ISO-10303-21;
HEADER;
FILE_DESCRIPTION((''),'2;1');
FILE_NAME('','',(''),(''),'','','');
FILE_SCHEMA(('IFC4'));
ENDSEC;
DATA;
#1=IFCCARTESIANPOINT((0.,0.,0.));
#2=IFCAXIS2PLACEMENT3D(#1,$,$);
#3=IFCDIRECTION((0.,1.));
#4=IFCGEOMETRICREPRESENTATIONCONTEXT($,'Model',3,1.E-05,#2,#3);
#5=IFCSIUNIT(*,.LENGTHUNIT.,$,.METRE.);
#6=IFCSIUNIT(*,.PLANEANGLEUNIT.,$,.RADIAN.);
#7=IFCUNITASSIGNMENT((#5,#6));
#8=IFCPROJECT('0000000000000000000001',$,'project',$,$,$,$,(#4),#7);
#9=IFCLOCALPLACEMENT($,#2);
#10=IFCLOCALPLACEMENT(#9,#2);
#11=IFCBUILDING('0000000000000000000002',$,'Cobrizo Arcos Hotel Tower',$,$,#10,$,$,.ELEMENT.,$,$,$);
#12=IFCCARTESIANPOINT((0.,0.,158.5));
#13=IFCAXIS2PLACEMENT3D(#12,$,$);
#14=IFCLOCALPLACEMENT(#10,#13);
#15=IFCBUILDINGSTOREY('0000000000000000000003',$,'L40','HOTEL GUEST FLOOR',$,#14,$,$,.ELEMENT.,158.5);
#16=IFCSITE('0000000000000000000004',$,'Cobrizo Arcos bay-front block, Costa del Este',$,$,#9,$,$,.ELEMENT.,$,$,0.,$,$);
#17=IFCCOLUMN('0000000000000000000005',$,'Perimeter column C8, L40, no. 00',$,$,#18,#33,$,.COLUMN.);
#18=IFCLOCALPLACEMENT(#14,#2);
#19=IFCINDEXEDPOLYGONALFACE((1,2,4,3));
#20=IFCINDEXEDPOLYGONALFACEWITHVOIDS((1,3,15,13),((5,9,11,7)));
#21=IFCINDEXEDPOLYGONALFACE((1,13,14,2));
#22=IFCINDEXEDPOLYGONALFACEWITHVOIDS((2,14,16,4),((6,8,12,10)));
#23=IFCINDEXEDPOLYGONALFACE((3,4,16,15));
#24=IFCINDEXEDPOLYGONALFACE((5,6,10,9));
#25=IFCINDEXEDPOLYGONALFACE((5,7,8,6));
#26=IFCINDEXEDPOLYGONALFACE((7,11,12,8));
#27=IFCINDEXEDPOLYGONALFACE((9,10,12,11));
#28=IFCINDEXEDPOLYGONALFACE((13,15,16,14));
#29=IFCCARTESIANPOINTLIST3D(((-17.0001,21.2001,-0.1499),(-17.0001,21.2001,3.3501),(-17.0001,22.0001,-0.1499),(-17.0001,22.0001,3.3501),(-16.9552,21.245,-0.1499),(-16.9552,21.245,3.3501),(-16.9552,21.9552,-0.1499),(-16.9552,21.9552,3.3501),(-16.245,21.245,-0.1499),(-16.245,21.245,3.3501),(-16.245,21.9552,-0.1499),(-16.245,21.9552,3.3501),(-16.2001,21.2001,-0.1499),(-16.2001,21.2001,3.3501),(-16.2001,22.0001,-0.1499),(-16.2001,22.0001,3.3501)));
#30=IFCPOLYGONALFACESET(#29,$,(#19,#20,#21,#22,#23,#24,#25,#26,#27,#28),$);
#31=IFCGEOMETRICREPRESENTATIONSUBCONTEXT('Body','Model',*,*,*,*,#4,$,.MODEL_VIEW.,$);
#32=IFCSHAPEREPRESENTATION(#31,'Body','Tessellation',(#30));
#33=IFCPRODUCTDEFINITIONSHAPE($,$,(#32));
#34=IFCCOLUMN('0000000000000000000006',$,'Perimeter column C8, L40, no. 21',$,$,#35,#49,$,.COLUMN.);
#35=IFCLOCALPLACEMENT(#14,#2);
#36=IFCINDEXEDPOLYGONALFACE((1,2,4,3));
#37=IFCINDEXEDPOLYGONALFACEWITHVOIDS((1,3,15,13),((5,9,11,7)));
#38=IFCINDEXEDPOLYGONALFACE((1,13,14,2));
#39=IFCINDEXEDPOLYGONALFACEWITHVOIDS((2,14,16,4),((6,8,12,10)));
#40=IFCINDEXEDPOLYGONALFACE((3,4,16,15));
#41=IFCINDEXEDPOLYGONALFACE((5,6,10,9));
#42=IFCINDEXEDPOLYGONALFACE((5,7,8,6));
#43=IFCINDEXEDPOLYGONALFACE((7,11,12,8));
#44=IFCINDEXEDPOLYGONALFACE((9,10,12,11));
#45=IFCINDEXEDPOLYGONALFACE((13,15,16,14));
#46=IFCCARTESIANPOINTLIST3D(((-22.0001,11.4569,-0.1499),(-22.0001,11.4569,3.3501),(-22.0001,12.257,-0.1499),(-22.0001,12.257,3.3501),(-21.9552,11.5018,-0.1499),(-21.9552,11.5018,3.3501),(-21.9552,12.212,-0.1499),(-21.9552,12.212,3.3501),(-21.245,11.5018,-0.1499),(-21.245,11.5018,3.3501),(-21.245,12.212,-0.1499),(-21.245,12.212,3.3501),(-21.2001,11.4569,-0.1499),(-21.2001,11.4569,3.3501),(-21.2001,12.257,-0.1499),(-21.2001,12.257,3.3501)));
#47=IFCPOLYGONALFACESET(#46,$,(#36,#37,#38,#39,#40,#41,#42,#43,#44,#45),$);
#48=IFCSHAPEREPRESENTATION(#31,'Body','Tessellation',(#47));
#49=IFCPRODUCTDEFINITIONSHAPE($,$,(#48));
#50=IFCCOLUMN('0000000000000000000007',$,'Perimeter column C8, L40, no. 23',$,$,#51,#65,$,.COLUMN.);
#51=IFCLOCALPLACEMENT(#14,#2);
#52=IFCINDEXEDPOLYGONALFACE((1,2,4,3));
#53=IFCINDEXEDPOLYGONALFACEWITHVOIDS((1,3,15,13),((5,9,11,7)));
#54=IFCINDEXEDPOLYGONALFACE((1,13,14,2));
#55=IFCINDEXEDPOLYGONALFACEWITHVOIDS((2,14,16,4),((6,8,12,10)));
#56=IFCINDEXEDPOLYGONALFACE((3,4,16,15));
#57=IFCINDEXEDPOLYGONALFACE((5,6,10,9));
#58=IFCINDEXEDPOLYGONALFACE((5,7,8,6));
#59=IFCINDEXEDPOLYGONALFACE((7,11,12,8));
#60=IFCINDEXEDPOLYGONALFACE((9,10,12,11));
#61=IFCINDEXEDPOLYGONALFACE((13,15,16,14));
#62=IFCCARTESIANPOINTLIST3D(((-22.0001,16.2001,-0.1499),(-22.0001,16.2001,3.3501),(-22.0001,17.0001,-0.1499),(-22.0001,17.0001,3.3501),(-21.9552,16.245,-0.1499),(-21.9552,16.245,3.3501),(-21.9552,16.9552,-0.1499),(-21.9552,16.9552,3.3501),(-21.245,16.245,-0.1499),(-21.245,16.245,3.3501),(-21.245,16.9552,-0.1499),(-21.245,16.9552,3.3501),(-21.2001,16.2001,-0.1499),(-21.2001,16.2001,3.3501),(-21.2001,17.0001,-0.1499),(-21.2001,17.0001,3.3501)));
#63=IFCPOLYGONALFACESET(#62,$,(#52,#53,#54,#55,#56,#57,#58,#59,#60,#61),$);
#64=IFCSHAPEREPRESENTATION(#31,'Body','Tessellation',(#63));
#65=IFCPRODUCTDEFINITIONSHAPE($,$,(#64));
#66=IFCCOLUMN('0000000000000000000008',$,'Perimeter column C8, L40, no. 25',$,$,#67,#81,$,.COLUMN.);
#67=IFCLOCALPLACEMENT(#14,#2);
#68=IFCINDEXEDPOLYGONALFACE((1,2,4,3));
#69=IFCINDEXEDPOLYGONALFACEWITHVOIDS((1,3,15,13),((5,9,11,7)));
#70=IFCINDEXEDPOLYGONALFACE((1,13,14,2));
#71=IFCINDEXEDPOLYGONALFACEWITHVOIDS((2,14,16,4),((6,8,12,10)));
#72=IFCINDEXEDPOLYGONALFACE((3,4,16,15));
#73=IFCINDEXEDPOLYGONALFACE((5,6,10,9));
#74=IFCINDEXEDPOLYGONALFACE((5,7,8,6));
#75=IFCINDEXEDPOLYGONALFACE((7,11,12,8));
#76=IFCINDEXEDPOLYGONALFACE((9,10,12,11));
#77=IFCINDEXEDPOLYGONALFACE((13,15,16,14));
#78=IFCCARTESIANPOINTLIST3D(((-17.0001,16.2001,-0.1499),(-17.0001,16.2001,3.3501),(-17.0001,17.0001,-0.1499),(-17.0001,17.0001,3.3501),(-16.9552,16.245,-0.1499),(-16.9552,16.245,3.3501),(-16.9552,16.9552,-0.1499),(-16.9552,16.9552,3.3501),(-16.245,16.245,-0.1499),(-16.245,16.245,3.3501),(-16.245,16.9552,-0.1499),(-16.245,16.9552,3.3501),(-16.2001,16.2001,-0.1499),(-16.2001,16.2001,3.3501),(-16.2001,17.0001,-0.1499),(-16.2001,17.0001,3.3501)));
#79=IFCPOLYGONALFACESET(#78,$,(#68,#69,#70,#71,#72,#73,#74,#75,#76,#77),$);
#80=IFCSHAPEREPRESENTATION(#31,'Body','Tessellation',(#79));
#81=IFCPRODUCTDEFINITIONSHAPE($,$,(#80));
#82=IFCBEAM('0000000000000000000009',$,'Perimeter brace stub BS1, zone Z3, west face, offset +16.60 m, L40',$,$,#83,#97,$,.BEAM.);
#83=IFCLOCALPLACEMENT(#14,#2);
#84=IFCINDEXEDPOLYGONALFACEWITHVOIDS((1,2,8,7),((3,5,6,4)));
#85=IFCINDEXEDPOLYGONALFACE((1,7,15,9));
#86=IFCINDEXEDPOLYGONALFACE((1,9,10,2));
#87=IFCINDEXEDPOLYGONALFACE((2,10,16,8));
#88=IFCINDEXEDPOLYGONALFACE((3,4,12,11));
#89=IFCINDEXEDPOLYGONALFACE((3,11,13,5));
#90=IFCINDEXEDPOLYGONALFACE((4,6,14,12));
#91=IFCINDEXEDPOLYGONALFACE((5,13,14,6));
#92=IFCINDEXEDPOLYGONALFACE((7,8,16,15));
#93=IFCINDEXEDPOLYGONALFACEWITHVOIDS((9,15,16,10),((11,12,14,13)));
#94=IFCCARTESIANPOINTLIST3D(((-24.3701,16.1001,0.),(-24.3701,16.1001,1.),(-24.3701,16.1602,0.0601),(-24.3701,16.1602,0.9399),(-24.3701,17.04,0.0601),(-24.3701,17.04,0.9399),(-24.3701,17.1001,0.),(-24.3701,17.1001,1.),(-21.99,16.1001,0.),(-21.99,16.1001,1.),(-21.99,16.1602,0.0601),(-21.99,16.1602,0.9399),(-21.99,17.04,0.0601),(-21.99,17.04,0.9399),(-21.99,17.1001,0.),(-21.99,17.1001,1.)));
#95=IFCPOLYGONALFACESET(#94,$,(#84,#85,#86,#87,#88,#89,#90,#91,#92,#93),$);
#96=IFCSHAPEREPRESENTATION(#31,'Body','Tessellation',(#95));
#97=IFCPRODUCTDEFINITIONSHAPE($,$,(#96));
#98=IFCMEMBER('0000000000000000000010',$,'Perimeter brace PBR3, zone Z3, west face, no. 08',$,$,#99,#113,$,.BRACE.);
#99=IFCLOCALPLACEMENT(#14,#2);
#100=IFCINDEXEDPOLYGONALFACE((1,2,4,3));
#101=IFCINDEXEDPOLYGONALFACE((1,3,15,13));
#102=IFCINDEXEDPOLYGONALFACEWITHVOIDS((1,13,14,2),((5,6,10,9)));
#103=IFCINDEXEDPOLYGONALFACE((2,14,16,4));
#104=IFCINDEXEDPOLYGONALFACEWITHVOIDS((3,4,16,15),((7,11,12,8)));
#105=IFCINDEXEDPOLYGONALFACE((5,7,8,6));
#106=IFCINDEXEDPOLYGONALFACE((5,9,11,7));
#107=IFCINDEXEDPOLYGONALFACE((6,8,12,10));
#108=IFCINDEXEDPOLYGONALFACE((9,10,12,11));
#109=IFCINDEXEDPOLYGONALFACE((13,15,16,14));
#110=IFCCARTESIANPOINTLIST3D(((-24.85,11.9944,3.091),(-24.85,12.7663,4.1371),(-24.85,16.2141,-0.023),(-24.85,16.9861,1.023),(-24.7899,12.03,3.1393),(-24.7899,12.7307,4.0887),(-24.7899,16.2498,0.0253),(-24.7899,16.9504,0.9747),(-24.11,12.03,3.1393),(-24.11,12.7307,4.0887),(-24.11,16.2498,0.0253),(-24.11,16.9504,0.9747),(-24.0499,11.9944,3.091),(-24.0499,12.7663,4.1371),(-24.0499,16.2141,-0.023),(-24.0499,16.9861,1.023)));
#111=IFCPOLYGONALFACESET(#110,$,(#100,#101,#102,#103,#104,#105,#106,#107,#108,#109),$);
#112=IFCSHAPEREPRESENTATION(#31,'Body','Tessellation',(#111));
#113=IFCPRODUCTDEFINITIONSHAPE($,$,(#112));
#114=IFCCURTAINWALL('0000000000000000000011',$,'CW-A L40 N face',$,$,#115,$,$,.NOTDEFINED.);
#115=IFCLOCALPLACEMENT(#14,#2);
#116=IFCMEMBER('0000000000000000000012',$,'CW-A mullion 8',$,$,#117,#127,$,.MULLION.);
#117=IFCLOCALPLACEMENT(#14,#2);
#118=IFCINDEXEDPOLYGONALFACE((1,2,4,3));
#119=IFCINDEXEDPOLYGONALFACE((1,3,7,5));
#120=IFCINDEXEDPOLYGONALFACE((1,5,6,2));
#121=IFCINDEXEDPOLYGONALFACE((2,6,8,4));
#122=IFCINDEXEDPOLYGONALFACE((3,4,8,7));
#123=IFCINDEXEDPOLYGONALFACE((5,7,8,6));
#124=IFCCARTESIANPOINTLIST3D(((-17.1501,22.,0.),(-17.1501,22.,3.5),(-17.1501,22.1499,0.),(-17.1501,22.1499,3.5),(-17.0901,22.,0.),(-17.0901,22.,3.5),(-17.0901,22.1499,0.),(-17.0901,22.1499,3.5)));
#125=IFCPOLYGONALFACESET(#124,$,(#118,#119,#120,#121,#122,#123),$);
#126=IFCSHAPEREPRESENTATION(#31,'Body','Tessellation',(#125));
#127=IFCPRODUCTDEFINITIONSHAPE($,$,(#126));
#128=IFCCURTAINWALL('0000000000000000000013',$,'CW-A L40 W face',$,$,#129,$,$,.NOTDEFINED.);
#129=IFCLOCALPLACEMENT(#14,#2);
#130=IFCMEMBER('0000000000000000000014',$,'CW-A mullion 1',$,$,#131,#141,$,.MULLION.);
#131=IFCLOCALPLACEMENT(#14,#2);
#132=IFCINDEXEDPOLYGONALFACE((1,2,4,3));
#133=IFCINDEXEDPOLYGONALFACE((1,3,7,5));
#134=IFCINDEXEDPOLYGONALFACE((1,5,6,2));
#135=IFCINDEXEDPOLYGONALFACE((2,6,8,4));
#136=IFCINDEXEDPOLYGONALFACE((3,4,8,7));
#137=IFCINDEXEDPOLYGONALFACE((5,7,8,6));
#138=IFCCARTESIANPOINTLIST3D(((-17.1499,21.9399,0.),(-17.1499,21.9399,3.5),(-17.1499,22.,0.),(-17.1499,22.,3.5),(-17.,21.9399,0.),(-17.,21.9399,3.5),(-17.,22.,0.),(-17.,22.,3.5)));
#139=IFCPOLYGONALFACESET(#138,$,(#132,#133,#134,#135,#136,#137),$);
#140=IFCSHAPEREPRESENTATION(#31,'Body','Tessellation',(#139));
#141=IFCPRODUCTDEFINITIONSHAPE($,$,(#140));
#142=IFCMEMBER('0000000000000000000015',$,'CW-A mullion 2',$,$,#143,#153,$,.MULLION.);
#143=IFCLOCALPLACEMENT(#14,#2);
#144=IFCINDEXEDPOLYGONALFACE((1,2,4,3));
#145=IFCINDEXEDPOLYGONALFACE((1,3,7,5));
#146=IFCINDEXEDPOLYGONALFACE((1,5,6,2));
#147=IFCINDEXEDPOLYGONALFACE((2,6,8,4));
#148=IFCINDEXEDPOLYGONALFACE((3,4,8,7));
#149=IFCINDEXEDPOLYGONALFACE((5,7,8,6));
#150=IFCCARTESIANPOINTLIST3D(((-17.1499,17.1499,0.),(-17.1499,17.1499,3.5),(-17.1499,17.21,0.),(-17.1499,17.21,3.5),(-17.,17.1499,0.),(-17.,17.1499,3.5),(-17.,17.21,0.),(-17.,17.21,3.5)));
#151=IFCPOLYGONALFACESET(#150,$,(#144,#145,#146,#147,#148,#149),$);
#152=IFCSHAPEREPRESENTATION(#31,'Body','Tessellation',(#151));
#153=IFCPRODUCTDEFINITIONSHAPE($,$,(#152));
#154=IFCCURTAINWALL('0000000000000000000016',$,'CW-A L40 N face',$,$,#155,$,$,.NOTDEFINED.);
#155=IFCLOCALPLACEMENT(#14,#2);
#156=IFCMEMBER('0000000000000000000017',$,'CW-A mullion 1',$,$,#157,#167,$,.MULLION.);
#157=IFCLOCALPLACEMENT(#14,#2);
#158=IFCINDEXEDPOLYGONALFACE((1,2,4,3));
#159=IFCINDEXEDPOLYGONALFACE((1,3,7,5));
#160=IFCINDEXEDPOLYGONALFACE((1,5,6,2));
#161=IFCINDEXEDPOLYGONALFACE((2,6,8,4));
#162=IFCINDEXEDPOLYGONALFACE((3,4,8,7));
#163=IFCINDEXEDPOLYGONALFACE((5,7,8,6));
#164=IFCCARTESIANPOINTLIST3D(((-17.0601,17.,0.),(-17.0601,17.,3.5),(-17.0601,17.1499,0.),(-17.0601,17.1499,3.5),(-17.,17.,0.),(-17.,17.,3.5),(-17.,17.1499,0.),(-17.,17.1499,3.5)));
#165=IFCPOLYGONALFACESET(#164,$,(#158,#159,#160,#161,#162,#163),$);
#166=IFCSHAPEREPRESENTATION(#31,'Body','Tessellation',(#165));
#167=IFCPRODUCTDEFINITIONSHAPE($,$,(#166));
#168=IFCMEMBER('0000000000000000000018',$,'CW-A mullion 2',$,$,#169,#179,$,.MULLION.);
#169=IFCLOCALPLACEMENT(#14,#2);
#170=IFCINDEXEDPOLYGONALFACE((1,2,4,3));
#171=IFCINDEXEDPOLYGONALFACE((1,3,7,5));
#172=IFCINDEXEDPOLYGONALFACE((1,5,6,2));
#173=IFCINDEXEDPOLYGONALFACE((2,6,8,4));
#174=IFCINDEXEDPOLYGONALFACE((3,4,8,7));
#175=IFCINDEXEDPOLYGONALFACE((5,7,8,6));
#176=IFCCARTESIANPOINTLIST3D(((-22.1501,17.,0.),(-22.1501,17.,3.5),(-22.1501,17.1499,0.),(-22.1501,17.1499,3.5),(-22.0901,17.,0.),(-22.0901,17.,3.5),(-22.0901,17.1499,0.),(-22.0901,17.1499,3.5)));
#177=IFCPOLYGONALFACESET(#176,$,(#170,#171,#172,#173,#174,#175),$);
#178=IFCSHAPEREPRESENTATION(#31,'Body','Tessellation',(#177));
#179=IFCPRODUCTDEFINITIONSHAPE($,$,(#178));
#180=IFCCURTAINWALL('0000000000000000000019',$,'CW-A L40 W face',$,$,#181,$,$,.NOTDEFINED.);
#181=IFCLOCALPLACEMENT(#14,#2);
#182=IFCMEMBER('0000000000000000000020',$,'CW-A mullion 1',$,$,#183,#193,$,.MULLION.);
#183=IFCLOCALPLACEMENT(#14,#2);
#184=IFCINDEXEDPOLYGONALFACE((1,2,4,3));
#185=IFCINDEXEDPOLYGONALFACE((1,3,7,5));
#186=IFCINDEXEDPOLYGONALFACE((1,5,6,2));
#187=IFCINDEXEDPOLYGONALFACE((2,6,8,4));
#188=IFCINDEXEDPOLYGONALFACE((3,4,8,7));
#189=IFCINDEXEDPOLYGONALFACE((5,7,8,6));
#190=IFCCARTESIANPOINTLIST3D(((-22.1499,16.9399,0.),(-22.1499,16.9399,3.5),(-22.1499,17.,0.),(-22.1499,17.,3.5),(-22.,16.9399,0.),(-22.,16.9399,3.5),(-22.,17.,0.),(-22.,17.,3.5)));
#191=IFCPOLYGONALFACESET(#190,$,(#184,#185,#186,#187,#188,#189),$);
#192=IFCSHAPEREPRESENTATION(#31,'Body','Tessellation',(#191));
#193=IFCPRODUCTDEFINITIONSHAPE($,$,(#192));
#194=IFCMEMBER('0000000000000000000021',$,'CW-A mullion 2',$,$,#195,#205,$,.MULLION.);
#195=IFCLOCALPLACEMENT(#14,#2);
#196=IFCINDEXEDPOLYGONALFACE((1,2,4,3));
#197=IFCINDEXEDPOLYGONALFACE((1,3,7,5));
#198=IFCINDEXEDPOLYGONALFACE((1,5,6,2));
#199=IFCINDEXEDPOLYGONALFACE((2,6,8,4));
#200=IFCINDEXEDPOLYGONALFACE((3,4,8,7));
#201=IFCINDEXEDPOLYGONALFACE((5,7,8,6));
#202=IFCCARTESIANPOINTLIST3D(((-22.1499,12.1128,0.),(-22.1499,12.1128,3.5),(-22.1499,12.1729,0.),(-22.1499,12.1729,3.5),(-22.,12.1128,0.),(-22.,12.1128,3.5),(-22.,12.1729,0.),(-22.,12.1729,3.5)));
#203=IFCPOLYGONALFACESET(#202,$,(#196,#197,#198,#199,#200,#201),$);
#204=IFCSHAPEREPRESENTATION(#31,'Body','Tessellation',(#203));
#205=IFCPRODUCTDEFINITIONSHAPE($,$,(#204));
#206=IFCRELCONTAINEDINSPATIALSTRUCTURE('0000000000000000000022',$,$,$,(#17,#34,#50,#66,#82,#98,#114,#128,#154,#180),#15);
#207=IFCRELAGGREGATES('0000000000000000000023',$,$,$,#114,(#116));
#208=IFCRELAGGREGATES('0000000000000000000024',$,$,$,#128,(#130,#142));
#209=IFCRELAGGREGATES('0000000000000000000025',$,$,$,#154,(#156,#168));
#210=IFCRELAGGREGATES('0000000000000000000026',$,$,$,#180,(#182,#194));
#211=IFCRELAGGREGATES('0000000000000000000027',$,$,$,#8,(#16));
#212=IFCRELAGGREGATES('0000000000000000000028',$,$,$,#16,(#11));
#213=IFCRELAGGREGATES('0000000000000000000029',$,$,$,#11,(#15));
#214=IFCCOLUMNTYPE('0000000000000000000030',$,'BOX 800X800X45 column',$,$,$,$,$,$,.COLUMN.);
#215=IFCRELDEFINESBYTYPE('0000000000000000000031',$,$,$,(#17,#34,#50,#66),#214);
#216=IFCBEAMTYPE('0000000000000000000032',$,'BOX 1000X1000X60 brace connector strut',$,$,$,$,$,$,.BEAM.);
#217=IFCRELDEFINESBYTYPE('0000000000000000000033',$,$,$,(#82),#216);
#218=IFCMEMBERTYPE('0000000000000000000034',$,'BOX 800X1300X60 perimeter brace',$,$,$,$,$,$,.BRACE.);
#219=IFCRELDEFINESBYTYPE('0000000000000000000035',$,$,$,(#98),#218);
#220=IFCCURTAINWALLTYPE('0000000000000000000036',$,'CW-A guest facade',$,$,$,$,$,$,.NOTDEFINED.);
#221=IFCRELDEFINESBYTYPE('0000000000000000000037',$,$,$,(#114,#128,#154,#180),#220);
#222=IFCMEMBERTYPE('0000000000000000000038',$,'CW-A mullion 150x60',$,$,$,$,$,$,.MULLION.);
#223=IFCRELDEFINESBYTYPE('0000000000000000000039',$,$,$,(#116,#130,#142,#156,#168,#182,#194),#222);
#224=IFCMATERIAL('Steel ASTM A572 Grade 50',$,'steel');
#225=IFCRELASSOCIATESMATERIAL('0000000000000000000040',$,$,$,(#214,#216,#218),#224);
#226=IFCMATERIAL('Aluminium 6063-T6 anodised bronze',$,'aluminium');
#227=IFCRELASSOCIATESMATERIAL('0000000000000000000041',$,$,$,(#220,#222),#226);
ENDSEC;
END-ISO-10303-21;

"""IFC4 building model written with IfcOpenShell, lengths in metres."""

from ifc_helpers import new_model, si_unit, direction, frame, origin, origin_2d, place, context, subcontext, project, spatial, rectangle, hollow_rectangle, extrude, material, material_profile, profile_set, type_object, element, aggregate, save


model = new_model("IFC4")

# Units and contexts
model_context = context("Model", 3, precision=1e-05, world=origin(), true_north=direction((0.0, 1.0)))
body_context = subcontext(model_context, "Body", "Model", "MODEL_VIEW")
ifc_project = project(units=[si_unit("LENGTHUNIT", "METRE"), si_unit("PLANEANGLEUNIT", "RADIAN")], contexts=[model_context])

# Site, building, storey
site_placement = place(None, origin())
site = spatial("IfcSite", under=ifc_project, at=site_placement, Name="Cobrizo Arcos bay-front block, Costa del Este", CompositionType="ELEMENT", RefElevation=0.0)
building_placement = place(site_placement, origin())
building = spatial("IfcBuilding", under=site, at=building_placement, Name="Cobrizo Arcos Hotel Tower", CompositionType="ELEMENT")
storey_placement = place(building_placement, frame((0.0, 0.0, 158.5)))
storey = spatial("IfcBuildingStorey", under=building, at=storey_placement, Name="L40", Description="HOTEL GUEST FLOOR", CompositionType="ELEMENT", Elevation=158.5)

# Columns
ifc_material_1 = material(Name="Steel ASTM A572 Grade 50", Category="steel")
ifc_material_profile_1 = material_profile(ifc_material_1, hollow_rectangle(XDim=0.8, YDim=0.8, WallThickness=0.0449, at=origin_2d()), Name="BOX 800X800X45")
ifc_profile_set_1 = profile_set([ifc_material_profile_1], Name="Steel ASTM A572 Grade 50")
column_type = type_object("IfcColumnType", Name="BOX 800X800X45 column", PredefinedType="COLUMN", material=ifc_profile_set_1)
for number, where, z_axis, x_axis, name in (
    (1, (-16.6001, 21.6001, -0.1499), (0.0, 0.0, 1.0), (1.0, 0.0, 0.0), "Perimeter column C8, L40, no. 00"),
    (2, (-21.6001, 11.8569, -0.1499), (0.0, 0.0, 1.0), (1.0, 0.0, 0.0), "Perimeter column C8, L40, no. 21"),
    (3, (-21.6001, 16.6001, -0.1499), (0.0, 0.0, 1.0), (1.0, 0.0, 0.0), "Perimeter column C8, L40, no. 23"),
    (4, (-16.6001, 16.6001, -0.1499), (0.0, 0.0, 1.0), (1.0, 0.0, 0.0), "Perimeter column C8, L40, no. 25"),
):
    element("IfcColumn", number, at=place(storey_placement, frame(where, z_axis=z_axis, x_axis=x_axis)), inside=storey, type_object=column_type, Name=name, PredefinedType="COLUMN", context=body_context, shape_type="SweptSolid", body=[
        extrude(hollow_rectangle(XDim=0.8, YDim=0.8, WallThickness=0.0449, at=origin_2d()), origin(), (0.0, 0.0, 1.0), 3.5),
    ])

# Beam
ifc_material_profile_2 = material_profile(ifc_material_1, hollow_rectangle(XDim=1.0, YDim=1.0, WallThickness=0.0601, at=origin_2d()), Name="BOX 1000X1000X60")
ifc_profile_set_2 = profile_set([ifc_material_profile_2], Name="Steel ASTM A572 Grade 50")
beam_type_1 = type_object("IfcBeamType", Name="BOX 1000X1000X60 brace connector strut", PredefinedType="BEAM", material=ifc_profile_set_2)
beam_1_placement = place(storey_placement, frame((-21.99, 16.6001, 0.5), z_axis=(-1.0, 0.0, 0.0), x_axis=(0.0, -1.0, 0.0)))
element("IfcBeam", 5, at=beam_1_placement, inside=storey, type_object=beam_type_1, Name="Perimeter brace stub BS1, zone Z3, west face, offset +16.60 m, L40", PredefinedType="BEAM", context=body_context, shape_type="SweptSolid", body=[
    extrude(hollow_rectangle(XDim=1.0, YDim=1.0, WallThickness=0.0601, at=origin_2d()), origin(), (0.0, 0.0, 1.0), 2.3801),
])

# Member
ifc_material_profile_3 = material_profile(ifc_material_1, hollow_rectangle(XDim=0.8, YDim=1.3, WallThickness=0.0601, at=origin_2d()), Name="BOX 800X1300X60")
ifc_profile_set_3 = profile_set([ifc_material_profile_3], Name="Steel ASTM A572 Grade 50")
member_type_1 = type_object("IfcMemberType", Name="BOX 800X1300X60 perimeter brace", PredefinedType="BRACE", material=ifc_profile_set_3)
member_1_placement = place(storey_placement, frame((-24.45, 16.6001, 0.5), z_axis=(0.0, -0.804624, 0.593785), x_axis=(1.0, 0.0, 0.0)))
element("IfcMember", 6, at=member_1_placement, inside=storey, type_object=member_type_1, Name="Perimeter brace PBR3, zone Z3, west face, no. 08", PredefinedType="BRACE", context=body_context, shape_type="SweptSolid", body=[
    extrude(hollow_rectangle(XDim=0.8, YDim=1.3, WallThickness=0.0601, at=origin_2d()), origin(), (0.0, 0.0, 1.0), 5.2444),
])

# Curtain wall, member
ifc_material_2 = material(Name="Aluminium 6063-T6 anodised bronze", Category="aluminium")
curtain_wall_type = type_object("IfcCurtainWallType", Name="CW-A guest facade", PredefinedType="NOTDEFINED", material=ifc_material_2)
curtain_wall_1_placement = place(storey_placement, origin())
curtain_wall_1 = element("IfcCurtainWall", 7, at=curtain_wall_1_placement, inside=storey, type_object=curtain_wall_type, Name="CW-A L40 N face", PredefinedType="NOTDEFINED")
ifc_material_profile_4 = material_profile(ifc_material_2, rectangle(XDim=0.1499, YDim=0.0601, at=origin_2d()), Name="CW-A mullion 150x60")
ifc_profile_set_4 = profile_set([ifc_material_profile_4], Name="Aluminium 6063-T6 anodised bronze")
member_type_2 = type_object("IfcMemberType", Name="CW-A mullion 150x60", PredefinedType="MULLION", material=ifc_profile_set_4)
member_2_placement = place(storey_placement, frame((-17.1201, 22.075, 0.0), z_axis=(0.0, 0.0, 1.0), x_axis=(0.0, 1.0, 0.0)))
member_2 = element("IfcMember", 8, at=member_2_placement, type_object=member_type_2, Name="CW-A mullion 8", PredefinedType="MULLION", context=body_context, shape_type="SweptSolid", body=[
    extrude(rectangle(XDim=0.1499, YDim=0.0601, at=origin_2d()), origin(), (0.0, 0.0, 1.0), 3.5),
])

# Curtain walls, members
curtain_wall_2_placement = place(storey_placement, origin())
curtain_wall_2 = element("IfcCurtainWall", 9, at=curtain_wall_2_placement, inside=storey, type_object=curtain_wall_type, Name="CW-A L40 W face", PredefinedType="NOTDEFINED")
member_3_placement = place(storey_placement, frame((-17.075, 21.97, 0.0), z_axis=(0.0, 0.0, 1.0), x_axis=(-1.0, 0.0, 0.0)))
member_3 = element("IfcMember", 10, at=member_3_placement, type_object=member_type_2, Name="CW-A mullion 1", PredefinedType="MULLION", context=body_context, shape_type="SweptSolid", body=[
    extrude(rectangle(XDim=0.1499, YDim=0.0601, at=origin_2d()), origin(), (0.0, 0.0, 1.0), 3.5),
])
member_4_placement = place(storey_placement, frame((-17.075, 17.1799, 0.0), z_axis=(0.0, 0.0, 1.0), x_axis=(-1.0, 0.0, 0.0)))
member_4 = element("IfcMember", 11, at=member_4_placement, type_object=member_type_2, Name="CW-A mullion 2", PredefinedType="MULLION", context=body_context, shape_type="SweptSolid", body=[
    extrude(rectangle(XDim=0.1499, YDim=0.0601, at=origin_2d()), origin(), (0.0, 0.0, 1.0), 3.5),
])
curtain_wall_3_placement = place(storey_placement, origin())
curtain_wall_3 = element("IfcCurtainWall", 12, at=curtain_wall_3_placement, inside=storey, type_object=curtain_wall_type, Name="CW-A L40 N face", PredefinedType="NOTDEFINED")
member_5_placement = place(storey_placement, frame((-17.03, 17.075, 0.0), z_axis=(0.0, 0.0, 1.0), x_axis=(0.0, 1.0, 0.0)))
member_5 = element("IfcMember", 13, at=member_5_placement, type_object=member_type_2, Name="CW-A mullion 1", PredefinedType="MULLION", context=body_context, shape_type="SweptSolid", body=[
    extrude(rectangle(XDim=0.1499, YDim=0.0601, at=origin_2d()), origin(), (0.0, 0.0, 1.0), 3.5),
])
member_6_placement = place(storey_placement, frame((-22.1201, 17.075, 0.0), z_axis=(0.0, 0.0, 1.0), x_axis=(0.0, 1.0, 0.0)))
member_6 = element("IfcMember", 14, at=member_6_placement, type_object=member_type_2, Name="CW-A mullion 2", PredefinedType="MULLION", context=body_context, shape_type="SweptSolid", body=[
    extrude(rectangle(XDim=0.1499, YDim=0.0601, at=origin_2d()), origin(), (0.0, 0.0, 1.0), 3.5),
])
curtain_wall_4_placement = place(storey_placement, origin())
curtain_wall_4 = element("IfcCurtainWall", 15, at=curtain_wall_4_placement, inside=storey, type_object=curtain_wall_type, Name="CW-A L40 W face", PredefinedType="NOTDEFINED")
member_7_placement = place(storey_placement, frame((-22.075, 16.97, 0.0), z_axis=(0.0, 0.0, 1.0), x_axis=(-1.0, 0.0, 0.0)))
member_7 = element("IfcMember", 16, at=member_7_placement, type_object=member_type_2, Name="CW-A mullion 1", PredefinedType="MULLION", context=body_context, shape_type="SweptSolid", body=[
    extrude(rectangle(XDim=0.1499, YDim=0.0601, at=origin_2d()), origin(), (0.0, 0.0, 1.0), 3.5),
])
member_8_placement = place(storey_placement, frame((-22.075, 12.1428, 0.0), z_axis=(0.0, 0.0, 1.0), x_axis=(-1.0, 0.0, 0.0)))
member_8 = element("IfcMember", 17, at=member_8_placement, type_object=member_type_2, Name="CW-A mullion 2", PredefinedType="MULLION", context=body_context, shape_type="SweptSolid", body=[
    extrude(rectangle(XDim=0.1499, YDim=0.0601, at=origin_2d()), origin(), (0.0, 0.0, 1.0), 3.5),
])

aggregate(curtain_wall_1, [member_2])
aggregate(curtain_wall_2, [member_3, member_4])
aggregate(curtain_wall_3, [member_5, member_6])
aggregate(curtain_wall_4, [member_7, member_8])

save(model, "model.ifc")
